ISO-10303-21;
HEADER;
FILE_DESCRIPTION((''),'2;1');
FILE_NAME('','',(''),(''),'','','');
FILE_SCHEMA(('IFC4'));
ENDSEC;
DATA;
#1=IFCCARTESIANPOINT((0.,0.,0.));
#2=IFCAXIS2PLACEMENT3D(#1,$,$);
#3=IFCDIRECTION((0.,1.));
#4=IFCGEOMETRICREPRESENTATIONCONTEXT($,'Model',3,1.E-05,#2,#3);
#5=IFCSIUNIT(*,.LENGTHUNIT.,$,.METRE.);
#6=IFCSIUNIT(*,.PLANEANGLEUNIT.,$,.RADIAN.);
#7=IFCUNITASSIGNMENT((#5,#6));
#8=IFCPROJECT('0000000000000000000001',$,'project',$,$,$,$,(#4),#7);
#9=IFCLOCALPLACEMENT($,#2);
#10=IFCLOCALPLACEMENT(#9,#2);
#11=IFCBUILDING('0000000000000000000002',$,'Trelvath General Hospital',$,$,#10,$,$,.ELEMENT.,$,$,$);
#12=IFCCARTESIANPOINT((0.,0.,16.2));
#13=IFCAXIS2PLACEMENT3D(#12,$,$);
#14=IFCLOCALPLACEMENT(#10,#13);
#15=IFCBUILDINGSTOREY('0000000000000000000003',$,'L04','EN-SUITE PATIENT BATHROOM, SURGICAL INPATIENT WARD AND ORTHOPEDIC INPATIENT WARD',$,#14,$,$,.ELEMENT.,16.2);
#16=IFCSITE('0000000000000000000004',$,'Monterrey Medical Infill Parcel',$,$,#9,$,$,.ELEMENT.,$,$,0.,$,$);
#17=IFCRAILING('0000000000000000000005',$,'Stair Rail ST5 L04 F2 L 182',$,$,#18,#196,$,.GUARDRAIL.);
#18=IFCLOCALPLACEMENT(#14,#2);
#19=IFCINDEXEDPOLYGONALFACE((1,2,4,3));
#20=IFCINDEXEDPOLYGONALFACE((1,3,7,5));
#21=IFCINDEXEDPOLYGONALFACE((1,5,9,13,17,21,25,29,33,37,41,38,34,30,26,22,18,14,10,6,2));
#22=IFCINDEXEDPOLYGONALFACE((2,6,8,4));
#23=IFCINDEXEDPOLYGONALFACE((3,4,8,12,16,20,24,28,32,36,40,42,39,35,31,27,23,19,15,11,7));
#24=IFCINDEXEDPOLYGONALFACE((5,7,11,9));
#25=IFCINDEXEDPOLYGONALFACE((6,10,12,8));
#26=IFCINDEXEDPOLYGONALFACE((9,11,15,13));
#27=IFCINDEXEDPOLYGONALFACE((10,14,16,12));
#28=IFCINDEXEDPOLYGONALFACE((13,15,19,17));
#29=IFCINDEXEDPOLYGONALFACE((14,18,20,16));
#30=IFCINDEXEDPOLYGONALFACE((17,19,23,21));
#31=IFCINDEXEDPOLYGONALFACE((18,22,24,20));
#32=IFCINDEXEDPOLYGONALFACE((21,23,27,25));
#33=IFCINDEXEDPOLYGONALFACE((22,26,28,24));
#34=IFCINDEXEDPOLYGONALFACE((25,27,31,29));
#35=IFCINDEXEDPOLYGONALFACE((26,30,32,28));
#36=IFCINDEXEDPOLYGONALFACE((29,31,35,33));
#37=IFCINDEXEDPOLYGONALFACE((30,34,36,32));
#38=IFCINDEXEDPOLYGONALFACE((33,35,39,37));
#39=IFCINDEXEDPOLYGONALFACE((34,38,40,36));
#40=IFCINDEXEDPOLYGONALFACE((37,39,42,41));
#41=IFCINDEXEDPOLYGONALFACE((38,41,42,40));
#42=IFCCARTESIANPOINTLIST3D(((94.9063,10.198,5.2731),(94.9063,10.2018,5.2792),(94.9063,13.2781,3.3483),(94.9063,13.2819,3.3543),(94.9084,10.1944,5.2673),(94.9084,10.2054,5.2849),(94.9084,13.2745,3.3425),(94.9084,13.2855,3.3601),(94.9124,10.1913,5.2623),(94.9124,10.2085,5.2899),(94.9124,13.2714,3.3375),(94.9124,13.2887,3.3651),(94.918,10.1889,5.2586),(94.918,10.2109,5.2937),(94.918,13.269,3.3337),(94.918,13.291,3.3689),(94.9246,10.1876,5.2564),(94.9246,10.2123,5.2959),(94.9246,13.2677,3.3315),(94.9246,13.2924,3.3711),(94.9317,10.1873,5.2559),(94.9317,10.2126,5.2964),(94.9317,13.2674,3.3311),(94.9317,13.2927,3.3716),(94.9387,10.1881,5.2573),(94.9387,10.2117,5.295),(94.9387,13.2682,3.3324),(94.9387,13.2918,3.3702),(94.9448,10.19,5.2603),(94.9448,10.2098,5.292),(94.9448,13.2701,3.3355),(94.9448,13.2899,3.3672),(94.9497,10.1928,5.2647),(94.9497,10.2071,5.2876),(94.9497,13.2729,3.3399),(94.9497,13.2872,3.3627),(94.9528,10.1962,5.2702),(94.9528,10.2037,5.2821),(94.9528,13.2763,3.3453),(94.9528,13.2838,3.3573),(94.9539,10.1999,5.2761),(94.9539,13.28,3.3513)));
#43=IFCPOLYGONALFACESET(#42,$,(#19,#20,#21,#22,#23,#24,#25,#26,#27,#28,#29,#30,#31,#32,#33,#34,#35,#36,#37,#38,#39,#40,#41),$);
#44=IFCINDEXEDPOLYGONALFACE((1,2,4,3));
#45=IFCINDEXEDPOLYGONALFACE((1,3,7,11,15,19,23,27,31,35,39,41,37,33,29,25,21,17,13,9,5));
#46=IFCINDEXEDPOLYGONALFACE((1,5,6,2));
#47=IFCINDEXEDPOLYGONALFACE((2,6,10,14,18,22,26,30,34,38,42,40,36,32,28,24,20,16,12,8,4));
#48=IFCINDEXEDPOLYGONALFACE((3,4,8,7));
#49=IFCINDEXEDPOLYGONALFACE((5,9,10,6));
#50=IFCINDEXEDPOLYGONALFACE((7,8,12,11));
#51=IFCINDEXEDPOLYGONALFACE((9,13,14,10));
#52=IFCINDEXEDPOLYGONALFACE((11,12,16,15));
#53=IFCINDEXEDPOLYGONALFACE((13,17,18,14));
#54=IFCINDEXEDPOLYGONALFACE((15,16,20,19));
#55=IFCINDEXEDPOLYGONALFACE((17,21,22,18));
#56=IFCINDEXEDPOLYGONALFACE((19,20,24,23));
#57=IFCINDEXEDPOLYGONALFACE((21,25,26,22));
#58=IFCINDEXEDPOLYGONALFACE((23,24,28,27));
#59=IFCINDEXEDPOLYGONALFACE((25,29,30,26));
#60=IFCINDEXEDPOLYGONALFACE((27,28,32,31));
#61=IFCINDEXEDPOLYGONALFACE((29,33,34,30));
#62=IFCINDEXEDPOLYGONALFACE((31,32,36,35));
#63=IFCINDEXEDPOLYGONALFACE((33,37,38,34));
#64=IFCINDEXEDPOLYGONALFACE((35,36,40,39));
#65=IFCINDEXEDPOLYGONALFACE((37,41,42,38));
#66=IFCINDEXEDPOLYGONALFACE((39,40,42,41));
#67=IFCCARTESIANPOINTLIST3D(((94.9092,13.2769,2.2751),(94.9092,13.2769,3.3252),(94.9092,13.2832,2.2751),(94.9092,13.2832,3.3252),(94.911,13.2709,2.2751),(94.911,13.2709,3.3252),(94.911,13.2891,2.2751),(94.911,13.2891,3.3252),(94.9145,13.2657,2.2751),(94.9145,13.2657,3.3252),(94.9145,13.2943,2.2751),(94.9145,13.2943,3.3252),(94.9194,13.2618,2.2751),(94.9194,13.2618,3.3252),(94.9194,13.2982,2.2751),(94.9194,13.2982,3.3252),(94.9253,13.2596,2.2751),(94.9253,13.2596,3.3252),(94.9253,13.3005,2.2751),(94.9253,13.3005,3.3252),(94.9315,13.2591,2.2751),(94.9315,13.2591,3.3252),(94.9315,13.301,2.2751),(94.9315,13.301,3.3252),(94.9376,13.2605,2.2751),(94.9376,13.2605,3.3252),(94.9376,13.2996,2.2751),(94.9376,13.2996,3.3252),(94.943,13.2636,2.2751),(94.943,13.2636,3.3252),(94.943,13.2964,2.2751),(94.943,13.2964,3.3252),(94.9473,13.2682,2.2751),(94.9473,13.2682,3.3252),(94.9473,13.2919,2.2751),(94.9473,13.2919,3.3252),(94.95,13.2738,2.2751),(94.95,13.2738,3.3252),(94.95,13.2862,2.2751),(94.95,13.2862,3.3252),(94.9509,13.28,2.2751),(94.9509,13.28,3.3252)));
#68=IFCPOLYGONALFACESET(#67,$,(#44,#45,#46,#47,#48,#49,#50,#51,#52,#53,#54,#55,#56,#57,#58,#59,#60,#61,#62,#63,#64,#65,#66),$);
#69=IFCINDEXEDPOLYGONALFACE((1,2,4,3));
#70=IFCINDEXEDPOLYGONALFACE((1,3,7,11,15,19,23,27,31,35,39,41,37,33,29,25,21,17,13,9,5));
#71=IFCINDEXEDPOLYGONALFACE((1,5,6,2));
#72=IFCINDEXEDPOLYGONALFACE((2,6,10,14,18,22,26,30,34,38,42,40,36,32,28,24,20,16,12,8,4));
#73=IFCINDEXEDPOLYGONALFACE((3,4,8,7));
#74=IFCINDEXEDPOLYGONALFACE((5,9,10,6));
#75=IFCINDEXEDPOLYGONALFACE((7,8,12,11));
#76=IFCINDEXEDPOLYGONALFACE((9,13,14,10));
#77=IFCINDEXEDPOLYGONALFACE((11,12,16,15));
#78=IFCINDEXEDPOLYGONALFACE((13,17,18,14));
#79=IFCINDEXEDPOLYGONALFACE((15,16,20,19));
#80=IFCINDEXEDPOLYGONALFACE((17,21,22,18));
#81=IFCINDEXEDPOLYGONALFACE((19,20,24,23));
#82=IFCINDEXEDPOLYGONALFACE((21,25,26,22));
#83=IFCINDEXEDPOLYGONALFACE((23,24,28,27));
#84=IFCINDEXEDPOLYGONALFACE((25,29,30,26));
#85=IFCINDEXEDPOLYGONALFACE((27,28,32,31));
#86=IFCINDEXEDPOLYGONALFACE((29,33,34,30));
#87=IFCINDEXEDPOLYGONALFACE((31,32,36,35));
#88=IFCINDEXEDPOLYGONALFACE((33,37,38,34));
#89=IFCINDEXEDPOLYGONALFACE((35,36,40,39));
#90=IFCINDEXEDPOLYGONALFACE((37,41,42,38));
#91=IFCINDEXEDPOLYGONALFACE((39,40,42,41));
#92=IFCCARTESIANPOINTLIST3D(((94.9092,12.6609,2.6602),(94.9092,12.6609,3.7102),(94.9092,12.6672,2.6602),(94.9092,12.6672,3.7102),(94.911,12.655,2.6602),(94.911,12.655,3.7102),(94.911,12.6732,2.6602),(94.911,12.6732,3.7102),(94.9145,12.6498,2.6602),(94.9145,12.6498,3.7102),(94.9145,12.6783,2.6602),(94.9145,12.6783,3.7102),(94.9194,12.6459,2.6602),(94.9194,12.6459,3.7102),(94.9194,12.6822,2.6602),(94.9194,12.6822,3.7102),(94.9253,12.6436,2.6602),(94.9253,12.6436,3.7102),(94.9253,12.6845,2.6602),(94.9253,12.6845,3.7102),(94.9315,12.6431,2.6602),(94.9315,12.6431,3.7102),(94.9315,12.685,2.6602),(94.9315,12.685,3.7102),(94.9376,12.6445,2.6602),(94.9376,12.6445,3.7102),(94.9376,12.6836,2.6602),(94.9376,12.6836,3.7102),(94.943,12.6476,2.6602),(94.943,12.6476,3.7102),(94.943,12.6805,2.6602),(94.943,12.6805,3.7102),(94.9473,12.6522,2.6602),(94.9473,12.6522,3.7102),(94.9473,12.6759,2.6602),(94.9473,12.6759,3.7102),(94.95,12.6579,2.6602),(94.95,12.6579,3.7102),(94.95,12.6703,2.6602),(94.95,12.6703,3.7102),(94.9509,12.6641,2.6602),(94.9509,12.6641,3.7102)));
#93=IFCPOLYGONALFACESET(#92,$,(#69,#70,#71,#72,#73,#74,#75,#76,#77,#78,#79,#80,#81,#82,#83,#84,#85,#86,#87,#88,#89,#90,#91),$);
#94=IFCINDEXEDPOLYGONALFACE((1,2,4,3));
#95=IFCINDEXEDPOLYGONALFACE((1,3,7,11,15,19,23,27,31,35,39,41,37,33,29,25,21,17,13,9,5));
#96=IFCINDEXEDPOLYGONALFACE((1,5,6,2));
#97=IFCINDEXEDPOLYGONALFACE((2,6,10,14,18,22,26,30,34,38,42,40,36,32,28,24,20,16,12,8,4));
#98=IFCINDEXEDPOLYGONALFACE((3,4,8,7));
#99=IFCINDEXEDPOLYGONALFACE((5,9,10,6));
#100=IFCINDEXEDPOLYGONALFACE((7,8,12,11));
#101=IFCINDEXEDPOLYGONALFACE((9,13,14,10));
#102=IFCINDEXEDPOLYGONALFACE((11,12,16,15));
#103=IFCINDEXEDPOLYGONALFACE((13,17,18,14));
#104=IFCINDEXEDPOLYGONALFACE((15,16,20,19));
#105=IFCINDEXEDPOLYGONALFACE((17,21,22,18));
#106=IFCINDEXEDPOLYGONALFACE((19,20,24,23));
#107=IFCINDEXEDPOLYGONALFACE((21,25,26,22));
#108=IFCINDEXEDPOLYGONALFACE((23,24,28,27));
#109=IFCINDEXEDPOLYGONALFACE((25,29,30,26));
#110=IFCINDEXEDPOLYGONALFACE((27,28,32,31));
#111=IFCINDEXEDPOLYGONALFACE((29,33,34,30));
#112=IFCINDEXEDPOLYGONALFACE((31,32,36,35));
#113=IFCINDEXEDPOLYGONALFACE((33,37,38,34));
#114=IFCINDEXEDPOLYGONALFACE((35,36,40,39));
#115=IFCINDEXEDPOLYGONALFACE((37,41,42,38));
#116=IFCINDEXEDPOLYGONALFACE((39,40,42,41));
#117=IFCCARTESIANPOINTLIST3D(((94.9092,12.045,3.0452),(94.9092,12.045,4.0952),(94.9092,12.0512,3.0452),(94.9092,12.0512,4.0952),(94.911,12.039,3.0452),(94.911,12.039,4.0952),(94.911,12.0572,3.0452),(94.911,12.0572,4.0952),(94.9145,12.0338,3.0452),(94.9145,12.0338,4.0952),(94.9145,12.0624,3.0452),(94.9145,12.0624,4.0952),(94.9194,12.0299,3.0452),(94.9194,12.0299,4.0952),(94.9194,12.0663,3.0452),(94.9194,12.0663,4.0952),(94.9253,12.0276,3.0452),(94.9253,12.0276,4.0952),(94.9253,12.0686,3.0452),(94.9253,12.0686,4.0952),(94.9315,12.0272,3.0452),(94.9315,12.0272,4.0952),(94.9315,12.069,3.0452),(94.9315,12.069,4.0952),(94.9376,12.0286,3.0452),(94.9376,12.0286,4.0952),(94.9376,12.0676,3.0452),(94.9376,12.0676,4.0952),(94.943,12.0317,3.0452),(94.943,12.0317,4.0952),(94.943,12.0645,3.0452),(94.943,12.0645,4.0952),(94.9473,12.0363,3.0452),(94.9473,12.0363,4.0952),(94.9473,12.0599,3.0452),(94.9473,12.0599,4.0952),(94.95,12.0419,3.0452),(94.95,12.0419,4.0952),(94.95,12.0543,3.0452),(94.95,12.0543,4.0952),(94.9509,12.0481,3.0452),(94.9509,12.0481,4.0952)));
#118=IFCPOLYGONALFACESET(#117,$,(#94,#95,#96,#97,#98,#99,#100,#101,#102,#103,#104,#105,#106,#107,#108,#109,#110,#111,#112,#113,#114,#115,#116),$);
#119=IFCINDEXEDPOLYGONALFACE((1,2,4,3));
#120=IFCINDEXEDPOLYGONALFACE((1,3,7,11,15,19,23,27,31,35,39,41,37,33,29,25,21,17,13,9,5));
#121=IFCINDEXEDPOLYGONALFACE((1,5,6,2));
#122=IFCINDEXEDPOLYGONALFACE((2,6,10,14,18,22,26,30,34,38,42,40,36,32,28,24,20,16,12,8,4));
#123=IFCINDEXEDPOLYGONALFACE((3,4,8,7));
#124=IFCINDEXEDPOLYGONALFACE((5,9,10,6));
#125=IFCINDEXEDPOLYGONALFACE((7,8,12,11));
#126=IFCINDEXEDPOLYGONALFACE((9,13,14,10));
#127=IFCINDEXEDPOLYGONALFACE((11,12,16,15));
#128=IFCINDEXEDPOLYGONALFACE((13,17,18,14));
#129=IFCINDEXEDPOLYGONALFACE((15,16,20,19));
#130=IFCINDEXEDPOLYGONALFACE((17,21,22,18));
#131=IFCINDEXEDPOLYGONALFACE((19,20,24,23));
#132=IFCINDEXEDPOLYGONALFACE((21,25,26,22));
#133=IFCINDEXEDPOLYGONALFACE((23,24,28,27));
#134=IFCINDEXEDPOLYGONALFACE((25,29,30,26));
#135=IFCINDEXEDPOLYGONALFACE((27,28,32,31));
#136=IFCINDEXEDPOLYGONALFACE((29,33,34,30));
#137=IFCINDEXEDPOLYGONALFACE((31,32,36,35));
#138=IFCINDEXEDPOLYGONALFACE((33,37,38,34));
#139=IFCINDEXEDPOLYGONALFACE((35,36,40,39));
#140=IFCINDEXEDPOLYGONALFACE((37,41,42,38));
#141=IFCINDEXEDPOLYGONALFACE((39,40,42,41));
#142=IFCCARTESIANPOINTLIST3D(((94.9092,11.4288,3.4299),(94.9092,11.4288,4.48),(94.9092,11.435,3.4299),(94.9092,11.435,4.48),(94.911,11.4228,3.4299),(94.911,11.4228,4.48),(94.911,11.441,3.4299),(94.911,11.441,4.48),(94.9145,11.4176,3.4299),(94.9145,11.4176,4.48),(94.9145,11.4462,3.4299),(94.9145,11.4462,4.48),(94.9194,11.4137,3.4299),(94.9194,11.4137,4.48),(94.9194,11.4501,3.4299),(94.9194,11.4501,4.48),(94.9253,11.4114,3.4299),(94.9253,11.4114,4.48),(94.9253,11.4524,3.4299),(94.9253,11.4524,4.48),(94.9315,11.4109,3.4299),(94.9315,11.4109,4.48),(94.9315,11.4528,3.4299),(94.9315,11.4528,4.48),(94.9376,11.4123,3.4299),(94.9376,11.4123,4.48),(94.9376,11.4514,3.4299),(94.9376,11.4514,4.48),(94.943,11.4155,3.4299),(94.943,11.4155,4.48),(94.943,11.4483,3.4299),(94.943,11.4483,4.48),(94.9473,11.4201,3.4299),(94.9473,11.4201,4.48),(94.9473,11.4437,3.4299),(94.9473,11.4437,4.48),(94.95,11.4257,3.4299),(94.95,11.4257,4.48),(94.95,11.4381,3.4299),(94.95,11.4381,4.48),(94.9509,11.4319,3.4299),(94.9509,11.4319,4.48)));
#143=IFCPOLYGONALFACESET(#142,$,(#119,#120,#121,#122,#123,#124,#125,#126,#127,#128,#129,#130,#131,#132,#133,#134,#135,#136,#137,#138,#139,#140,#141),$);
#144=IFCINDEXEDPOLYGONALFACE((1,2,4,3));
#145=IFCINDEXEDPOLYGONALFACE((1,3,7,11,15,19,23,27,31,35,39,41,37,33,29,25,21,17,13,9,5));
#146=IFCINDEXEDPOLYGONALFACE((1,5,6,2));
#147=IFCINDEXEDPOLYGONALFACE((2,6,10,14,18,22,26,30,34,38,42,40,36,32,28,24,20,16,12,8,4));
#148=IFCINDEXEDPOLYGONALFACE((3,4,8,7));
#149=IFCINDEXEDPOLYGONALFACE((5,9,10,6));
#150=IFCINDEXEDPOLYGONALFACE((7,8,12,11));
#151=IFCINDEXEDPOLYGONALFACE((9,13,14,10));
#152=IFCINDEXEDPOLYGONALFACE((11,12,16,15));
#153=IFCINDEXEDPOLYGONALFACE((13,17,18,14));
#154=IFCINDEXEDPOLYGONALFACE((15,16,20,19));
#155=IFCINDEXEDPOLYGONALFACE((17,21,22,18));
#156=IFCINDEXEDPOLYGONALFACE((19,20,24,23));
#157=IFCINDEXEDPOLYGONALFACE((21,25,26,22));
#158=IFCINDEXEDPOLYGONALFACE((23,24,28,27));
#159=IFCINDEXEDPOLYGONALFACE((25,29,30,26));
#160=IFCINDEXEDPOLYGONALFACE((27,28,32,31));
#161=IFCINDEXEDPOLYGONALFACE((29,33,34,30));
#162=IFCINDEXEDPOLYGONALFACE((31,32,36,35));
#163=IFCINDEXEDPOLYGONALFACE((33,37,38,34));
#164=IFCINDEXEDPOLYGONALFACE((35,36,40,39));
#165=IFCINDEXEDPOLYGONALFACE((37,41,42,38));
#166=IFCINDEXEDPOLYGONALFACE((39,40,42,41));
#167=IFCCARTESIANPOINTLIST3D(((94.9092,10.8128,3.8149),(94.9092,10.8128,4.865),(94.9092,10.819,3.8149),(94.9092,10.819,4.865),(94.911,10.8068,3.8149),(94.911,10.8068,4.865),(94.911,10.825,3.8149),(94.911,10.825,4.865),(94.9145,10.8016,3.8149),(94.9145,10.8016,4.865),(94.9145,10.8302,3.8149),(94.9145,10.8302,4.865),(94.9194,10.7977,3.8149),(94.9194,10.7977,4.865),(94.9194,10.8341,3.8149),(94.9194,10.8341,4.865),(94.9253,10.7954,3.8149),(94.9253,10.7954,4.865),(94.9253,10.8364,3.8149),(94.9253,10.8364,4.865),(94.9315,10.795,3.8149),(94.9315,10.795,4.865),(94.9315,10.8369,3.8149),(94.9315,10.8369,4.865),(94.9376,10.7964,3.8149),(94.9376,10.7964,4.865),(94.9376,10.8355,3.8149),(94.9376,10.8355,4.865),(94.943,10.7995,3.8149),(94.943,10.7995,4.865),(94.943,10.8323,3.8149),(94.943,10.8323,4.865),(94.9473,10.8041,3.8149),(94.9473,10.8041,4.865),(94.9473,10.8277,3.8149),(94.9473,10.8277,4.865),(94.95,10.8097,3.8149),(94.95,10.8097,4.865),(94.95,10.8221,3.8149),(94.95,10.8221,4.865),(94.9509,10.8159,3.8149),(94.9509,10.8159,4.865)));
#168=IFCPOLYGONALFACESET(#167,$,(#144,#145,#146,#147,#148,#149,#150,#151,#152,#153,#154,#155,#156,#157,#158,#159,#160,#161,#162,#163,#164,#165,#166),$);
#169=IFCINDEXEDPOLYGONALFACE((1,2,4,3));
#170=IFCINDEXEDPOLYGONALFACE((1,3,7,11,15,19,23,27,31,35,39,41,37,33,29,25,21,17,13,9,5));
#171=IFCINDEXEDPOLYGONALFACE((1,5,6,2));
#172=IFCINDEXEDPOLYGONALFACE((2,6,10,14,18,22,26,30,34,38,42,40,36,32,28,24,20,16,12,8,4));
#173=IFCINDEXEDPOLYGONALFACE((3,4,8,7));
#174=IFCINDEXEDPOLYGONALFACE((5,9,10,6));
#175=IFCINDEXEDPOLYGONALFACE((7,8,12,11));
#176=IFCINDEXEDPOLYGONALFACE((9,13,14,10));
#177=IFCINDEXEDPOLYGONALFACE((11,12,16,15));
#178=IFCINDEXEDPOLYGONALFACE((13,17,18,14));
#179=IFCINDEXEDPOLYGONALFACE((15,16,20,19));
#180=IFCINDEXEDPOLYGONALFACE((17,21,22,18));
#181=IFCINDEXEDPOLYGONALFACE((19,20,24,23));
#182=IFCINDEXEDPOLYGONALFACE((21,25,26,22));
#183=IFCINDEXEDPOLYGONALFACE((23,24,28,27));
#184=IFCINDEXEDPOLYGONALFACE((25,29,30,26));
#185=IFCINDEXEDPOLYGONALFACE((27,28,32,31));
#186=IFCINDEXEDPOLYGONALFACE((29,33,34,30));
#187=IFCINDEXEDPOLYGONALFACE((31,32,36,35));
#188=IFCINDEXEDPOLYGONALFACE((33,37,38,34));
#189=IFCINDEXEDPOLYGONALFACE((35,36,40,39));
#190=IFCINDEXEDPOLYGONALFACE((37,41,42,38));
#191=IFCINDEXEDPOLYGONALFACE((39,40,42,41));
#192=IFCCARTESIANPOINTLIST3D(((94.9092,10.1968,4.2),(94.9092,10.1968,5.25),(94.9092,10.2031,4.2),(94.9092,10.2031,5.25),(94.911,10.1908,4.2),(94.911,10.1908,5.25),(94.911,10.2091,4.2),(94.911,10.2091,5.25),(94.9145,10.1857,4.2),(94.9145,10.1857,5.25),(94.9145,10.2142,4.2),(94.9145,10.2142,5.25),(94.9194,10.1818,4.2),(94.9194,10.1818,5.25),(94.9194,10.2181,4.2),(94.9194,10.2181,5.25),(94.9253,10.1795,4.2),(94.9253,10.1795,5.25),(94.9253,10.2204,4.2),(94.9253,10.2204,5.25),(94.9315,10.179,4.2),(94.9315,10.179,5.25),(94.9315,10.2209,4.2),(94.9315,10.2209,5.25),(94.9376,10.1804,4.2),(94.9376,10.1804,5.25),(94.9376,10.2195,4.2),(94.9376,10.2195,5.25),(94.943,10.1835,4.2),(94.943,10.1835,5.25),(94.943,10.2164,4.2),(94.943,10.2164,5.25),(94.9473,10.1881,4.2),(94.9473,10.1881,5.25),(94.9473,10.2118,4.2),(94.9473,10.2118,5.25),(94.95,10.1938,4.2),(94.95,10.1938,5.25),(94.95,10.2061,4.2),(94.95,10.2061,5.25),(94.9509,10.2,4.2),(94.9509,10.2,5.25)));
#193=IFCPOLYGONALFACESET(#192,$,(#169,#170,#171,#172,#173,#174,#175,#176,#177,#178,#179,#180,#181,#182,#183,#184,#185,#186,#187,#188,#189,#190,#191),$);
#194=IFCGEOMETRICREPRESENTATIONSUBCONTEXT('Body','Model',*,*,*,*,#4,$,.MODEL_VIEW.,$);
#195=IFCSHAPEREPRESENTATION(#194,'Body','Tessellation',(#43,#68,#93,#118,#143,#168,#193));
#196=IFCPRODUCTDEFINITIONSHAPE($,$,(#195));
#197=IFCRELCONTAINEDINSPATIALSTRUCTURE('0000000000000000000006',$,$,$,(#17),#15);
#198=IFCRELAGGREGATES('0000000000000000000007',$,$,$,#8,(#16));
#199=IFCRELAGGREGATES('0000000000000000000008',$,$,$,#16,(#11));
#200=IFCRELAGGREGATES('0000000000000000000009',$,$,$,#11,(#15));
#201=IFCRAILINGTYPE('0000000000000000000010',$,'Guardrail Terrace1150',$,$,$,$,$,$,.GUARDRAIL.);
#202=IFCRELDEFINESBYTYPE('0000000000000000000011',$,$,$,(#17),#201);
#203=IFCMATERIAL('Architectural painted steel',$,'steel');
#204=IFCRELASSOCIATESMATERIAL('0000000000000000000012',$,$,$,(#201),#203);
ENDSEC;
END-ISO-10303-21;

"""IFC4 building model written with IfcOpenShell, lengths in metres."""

from ifc_helpers import new_model, si_unit, direction, frame, origin, origin_2d, place, context, subcontext, project, spatial, circle, extrude, material, type_object, element, save


model = new_model("IFC4")

# Units and contexts
model_context = context("Model", 3, precision=1e-05, world=origin(), true_north=direction((0.0, 1.0)))
body_context = subcontext(model_context, "Body", "Model", "MODEL_VIEW")
ifc_project = project(units=[si_unit("LENGTHUNIT", "METRE"), si_unit("PLANEANGLEUNIT", "RADIAN")], contexts=[model_context])

# Site, building, storey
site_placement = place(None, origin())
site = spatial("IfcSite", under=ifc_project, at=site_placement, Name="Monterrey Medical Infill Parcel", CompositionType="ELEMENT", RefElevation=0.0)
building_placement = place(site_placement, origin())
building = spatial("IfcBuilding", under=site, at=building_placement, Name="Trelvath General Hospital", CompositionType="ELEMENT")
storey_placement = place(building_placement, frame((0.0, 0.0, 16.2)))
storey = spatial("IfcBuildingStorey", under=building, at=storey_placement, Name="L04", Description="EN-SUITE PATIENT BATHROOM, SURGICAL INPATIENT WARD AND ORTHOPEDIC INPATIENT WARD", CompositionType="ELEMENT", Elevation=16.2)

# Railing
ifc_material_1 = material(Name="Architectural painted steel", Category="steel")
railing_type_1 = type_object("IfcRailingType", Name="Guardrail Terrace1150", PredefinedType="GUARDRAIL", material=ifc_material_1)
railing_1_placement = place(storey_placement, frame((94.9299, 13.28, 2.2751)))
element("IfcRailing", 1, at=railing_1_placement, inside=storey, type_object=railing_type_1, Name="Stair Rail ST5 L04 F2 L 182", PredefinedType="GUARDRAIL", context=body_context, shape_type="SweptSolid", body=[
    extrude(circle(Radius=0.0239, at=origin_2d()), frame((0.0, 0.0, 1.0762), z_axis=(0.0, -0.848029, 0.529951), x_axis=(1.0, 0.0, 0.0)), (0.0, 0.0, 1.0), 3.6321),
    extrude(circle(Radius=0.021, at=origin_2d()), origin(), (0.0, 0.0, 1.0), 1.05),
    extrude(circle(Radius=0.021, at=origin_2d()), frame((0.0, -0.616, 0.385)), (0.0, 0.0, 1.0), 1.05),
    extrude(circle(Radius=0.021, at=origin_2d()), frame((0.0, -1.2319, 0.77)), (0.0, 0.0, 1.0), 1.05),
    extrude(circle(Radius=0.021, at=origin_2d()), frame((0.0, -1.8481, 1.1548)), (0.0, 0.0, 1.0), 1.05),
    extrude(circle(Radius=0.021, at=origin_2d()), frame((0.0, -2.4641, 1.5398)), (0.0, 0.0, 1.0), 1.05),
    extrude(circle(Radius=0.021, at=origin_2d()), frame((0.0, -3.0801, 1.9248)), (0.0, 0.0, 1.0), 1.05),
])

save(model, "model.ifc")
